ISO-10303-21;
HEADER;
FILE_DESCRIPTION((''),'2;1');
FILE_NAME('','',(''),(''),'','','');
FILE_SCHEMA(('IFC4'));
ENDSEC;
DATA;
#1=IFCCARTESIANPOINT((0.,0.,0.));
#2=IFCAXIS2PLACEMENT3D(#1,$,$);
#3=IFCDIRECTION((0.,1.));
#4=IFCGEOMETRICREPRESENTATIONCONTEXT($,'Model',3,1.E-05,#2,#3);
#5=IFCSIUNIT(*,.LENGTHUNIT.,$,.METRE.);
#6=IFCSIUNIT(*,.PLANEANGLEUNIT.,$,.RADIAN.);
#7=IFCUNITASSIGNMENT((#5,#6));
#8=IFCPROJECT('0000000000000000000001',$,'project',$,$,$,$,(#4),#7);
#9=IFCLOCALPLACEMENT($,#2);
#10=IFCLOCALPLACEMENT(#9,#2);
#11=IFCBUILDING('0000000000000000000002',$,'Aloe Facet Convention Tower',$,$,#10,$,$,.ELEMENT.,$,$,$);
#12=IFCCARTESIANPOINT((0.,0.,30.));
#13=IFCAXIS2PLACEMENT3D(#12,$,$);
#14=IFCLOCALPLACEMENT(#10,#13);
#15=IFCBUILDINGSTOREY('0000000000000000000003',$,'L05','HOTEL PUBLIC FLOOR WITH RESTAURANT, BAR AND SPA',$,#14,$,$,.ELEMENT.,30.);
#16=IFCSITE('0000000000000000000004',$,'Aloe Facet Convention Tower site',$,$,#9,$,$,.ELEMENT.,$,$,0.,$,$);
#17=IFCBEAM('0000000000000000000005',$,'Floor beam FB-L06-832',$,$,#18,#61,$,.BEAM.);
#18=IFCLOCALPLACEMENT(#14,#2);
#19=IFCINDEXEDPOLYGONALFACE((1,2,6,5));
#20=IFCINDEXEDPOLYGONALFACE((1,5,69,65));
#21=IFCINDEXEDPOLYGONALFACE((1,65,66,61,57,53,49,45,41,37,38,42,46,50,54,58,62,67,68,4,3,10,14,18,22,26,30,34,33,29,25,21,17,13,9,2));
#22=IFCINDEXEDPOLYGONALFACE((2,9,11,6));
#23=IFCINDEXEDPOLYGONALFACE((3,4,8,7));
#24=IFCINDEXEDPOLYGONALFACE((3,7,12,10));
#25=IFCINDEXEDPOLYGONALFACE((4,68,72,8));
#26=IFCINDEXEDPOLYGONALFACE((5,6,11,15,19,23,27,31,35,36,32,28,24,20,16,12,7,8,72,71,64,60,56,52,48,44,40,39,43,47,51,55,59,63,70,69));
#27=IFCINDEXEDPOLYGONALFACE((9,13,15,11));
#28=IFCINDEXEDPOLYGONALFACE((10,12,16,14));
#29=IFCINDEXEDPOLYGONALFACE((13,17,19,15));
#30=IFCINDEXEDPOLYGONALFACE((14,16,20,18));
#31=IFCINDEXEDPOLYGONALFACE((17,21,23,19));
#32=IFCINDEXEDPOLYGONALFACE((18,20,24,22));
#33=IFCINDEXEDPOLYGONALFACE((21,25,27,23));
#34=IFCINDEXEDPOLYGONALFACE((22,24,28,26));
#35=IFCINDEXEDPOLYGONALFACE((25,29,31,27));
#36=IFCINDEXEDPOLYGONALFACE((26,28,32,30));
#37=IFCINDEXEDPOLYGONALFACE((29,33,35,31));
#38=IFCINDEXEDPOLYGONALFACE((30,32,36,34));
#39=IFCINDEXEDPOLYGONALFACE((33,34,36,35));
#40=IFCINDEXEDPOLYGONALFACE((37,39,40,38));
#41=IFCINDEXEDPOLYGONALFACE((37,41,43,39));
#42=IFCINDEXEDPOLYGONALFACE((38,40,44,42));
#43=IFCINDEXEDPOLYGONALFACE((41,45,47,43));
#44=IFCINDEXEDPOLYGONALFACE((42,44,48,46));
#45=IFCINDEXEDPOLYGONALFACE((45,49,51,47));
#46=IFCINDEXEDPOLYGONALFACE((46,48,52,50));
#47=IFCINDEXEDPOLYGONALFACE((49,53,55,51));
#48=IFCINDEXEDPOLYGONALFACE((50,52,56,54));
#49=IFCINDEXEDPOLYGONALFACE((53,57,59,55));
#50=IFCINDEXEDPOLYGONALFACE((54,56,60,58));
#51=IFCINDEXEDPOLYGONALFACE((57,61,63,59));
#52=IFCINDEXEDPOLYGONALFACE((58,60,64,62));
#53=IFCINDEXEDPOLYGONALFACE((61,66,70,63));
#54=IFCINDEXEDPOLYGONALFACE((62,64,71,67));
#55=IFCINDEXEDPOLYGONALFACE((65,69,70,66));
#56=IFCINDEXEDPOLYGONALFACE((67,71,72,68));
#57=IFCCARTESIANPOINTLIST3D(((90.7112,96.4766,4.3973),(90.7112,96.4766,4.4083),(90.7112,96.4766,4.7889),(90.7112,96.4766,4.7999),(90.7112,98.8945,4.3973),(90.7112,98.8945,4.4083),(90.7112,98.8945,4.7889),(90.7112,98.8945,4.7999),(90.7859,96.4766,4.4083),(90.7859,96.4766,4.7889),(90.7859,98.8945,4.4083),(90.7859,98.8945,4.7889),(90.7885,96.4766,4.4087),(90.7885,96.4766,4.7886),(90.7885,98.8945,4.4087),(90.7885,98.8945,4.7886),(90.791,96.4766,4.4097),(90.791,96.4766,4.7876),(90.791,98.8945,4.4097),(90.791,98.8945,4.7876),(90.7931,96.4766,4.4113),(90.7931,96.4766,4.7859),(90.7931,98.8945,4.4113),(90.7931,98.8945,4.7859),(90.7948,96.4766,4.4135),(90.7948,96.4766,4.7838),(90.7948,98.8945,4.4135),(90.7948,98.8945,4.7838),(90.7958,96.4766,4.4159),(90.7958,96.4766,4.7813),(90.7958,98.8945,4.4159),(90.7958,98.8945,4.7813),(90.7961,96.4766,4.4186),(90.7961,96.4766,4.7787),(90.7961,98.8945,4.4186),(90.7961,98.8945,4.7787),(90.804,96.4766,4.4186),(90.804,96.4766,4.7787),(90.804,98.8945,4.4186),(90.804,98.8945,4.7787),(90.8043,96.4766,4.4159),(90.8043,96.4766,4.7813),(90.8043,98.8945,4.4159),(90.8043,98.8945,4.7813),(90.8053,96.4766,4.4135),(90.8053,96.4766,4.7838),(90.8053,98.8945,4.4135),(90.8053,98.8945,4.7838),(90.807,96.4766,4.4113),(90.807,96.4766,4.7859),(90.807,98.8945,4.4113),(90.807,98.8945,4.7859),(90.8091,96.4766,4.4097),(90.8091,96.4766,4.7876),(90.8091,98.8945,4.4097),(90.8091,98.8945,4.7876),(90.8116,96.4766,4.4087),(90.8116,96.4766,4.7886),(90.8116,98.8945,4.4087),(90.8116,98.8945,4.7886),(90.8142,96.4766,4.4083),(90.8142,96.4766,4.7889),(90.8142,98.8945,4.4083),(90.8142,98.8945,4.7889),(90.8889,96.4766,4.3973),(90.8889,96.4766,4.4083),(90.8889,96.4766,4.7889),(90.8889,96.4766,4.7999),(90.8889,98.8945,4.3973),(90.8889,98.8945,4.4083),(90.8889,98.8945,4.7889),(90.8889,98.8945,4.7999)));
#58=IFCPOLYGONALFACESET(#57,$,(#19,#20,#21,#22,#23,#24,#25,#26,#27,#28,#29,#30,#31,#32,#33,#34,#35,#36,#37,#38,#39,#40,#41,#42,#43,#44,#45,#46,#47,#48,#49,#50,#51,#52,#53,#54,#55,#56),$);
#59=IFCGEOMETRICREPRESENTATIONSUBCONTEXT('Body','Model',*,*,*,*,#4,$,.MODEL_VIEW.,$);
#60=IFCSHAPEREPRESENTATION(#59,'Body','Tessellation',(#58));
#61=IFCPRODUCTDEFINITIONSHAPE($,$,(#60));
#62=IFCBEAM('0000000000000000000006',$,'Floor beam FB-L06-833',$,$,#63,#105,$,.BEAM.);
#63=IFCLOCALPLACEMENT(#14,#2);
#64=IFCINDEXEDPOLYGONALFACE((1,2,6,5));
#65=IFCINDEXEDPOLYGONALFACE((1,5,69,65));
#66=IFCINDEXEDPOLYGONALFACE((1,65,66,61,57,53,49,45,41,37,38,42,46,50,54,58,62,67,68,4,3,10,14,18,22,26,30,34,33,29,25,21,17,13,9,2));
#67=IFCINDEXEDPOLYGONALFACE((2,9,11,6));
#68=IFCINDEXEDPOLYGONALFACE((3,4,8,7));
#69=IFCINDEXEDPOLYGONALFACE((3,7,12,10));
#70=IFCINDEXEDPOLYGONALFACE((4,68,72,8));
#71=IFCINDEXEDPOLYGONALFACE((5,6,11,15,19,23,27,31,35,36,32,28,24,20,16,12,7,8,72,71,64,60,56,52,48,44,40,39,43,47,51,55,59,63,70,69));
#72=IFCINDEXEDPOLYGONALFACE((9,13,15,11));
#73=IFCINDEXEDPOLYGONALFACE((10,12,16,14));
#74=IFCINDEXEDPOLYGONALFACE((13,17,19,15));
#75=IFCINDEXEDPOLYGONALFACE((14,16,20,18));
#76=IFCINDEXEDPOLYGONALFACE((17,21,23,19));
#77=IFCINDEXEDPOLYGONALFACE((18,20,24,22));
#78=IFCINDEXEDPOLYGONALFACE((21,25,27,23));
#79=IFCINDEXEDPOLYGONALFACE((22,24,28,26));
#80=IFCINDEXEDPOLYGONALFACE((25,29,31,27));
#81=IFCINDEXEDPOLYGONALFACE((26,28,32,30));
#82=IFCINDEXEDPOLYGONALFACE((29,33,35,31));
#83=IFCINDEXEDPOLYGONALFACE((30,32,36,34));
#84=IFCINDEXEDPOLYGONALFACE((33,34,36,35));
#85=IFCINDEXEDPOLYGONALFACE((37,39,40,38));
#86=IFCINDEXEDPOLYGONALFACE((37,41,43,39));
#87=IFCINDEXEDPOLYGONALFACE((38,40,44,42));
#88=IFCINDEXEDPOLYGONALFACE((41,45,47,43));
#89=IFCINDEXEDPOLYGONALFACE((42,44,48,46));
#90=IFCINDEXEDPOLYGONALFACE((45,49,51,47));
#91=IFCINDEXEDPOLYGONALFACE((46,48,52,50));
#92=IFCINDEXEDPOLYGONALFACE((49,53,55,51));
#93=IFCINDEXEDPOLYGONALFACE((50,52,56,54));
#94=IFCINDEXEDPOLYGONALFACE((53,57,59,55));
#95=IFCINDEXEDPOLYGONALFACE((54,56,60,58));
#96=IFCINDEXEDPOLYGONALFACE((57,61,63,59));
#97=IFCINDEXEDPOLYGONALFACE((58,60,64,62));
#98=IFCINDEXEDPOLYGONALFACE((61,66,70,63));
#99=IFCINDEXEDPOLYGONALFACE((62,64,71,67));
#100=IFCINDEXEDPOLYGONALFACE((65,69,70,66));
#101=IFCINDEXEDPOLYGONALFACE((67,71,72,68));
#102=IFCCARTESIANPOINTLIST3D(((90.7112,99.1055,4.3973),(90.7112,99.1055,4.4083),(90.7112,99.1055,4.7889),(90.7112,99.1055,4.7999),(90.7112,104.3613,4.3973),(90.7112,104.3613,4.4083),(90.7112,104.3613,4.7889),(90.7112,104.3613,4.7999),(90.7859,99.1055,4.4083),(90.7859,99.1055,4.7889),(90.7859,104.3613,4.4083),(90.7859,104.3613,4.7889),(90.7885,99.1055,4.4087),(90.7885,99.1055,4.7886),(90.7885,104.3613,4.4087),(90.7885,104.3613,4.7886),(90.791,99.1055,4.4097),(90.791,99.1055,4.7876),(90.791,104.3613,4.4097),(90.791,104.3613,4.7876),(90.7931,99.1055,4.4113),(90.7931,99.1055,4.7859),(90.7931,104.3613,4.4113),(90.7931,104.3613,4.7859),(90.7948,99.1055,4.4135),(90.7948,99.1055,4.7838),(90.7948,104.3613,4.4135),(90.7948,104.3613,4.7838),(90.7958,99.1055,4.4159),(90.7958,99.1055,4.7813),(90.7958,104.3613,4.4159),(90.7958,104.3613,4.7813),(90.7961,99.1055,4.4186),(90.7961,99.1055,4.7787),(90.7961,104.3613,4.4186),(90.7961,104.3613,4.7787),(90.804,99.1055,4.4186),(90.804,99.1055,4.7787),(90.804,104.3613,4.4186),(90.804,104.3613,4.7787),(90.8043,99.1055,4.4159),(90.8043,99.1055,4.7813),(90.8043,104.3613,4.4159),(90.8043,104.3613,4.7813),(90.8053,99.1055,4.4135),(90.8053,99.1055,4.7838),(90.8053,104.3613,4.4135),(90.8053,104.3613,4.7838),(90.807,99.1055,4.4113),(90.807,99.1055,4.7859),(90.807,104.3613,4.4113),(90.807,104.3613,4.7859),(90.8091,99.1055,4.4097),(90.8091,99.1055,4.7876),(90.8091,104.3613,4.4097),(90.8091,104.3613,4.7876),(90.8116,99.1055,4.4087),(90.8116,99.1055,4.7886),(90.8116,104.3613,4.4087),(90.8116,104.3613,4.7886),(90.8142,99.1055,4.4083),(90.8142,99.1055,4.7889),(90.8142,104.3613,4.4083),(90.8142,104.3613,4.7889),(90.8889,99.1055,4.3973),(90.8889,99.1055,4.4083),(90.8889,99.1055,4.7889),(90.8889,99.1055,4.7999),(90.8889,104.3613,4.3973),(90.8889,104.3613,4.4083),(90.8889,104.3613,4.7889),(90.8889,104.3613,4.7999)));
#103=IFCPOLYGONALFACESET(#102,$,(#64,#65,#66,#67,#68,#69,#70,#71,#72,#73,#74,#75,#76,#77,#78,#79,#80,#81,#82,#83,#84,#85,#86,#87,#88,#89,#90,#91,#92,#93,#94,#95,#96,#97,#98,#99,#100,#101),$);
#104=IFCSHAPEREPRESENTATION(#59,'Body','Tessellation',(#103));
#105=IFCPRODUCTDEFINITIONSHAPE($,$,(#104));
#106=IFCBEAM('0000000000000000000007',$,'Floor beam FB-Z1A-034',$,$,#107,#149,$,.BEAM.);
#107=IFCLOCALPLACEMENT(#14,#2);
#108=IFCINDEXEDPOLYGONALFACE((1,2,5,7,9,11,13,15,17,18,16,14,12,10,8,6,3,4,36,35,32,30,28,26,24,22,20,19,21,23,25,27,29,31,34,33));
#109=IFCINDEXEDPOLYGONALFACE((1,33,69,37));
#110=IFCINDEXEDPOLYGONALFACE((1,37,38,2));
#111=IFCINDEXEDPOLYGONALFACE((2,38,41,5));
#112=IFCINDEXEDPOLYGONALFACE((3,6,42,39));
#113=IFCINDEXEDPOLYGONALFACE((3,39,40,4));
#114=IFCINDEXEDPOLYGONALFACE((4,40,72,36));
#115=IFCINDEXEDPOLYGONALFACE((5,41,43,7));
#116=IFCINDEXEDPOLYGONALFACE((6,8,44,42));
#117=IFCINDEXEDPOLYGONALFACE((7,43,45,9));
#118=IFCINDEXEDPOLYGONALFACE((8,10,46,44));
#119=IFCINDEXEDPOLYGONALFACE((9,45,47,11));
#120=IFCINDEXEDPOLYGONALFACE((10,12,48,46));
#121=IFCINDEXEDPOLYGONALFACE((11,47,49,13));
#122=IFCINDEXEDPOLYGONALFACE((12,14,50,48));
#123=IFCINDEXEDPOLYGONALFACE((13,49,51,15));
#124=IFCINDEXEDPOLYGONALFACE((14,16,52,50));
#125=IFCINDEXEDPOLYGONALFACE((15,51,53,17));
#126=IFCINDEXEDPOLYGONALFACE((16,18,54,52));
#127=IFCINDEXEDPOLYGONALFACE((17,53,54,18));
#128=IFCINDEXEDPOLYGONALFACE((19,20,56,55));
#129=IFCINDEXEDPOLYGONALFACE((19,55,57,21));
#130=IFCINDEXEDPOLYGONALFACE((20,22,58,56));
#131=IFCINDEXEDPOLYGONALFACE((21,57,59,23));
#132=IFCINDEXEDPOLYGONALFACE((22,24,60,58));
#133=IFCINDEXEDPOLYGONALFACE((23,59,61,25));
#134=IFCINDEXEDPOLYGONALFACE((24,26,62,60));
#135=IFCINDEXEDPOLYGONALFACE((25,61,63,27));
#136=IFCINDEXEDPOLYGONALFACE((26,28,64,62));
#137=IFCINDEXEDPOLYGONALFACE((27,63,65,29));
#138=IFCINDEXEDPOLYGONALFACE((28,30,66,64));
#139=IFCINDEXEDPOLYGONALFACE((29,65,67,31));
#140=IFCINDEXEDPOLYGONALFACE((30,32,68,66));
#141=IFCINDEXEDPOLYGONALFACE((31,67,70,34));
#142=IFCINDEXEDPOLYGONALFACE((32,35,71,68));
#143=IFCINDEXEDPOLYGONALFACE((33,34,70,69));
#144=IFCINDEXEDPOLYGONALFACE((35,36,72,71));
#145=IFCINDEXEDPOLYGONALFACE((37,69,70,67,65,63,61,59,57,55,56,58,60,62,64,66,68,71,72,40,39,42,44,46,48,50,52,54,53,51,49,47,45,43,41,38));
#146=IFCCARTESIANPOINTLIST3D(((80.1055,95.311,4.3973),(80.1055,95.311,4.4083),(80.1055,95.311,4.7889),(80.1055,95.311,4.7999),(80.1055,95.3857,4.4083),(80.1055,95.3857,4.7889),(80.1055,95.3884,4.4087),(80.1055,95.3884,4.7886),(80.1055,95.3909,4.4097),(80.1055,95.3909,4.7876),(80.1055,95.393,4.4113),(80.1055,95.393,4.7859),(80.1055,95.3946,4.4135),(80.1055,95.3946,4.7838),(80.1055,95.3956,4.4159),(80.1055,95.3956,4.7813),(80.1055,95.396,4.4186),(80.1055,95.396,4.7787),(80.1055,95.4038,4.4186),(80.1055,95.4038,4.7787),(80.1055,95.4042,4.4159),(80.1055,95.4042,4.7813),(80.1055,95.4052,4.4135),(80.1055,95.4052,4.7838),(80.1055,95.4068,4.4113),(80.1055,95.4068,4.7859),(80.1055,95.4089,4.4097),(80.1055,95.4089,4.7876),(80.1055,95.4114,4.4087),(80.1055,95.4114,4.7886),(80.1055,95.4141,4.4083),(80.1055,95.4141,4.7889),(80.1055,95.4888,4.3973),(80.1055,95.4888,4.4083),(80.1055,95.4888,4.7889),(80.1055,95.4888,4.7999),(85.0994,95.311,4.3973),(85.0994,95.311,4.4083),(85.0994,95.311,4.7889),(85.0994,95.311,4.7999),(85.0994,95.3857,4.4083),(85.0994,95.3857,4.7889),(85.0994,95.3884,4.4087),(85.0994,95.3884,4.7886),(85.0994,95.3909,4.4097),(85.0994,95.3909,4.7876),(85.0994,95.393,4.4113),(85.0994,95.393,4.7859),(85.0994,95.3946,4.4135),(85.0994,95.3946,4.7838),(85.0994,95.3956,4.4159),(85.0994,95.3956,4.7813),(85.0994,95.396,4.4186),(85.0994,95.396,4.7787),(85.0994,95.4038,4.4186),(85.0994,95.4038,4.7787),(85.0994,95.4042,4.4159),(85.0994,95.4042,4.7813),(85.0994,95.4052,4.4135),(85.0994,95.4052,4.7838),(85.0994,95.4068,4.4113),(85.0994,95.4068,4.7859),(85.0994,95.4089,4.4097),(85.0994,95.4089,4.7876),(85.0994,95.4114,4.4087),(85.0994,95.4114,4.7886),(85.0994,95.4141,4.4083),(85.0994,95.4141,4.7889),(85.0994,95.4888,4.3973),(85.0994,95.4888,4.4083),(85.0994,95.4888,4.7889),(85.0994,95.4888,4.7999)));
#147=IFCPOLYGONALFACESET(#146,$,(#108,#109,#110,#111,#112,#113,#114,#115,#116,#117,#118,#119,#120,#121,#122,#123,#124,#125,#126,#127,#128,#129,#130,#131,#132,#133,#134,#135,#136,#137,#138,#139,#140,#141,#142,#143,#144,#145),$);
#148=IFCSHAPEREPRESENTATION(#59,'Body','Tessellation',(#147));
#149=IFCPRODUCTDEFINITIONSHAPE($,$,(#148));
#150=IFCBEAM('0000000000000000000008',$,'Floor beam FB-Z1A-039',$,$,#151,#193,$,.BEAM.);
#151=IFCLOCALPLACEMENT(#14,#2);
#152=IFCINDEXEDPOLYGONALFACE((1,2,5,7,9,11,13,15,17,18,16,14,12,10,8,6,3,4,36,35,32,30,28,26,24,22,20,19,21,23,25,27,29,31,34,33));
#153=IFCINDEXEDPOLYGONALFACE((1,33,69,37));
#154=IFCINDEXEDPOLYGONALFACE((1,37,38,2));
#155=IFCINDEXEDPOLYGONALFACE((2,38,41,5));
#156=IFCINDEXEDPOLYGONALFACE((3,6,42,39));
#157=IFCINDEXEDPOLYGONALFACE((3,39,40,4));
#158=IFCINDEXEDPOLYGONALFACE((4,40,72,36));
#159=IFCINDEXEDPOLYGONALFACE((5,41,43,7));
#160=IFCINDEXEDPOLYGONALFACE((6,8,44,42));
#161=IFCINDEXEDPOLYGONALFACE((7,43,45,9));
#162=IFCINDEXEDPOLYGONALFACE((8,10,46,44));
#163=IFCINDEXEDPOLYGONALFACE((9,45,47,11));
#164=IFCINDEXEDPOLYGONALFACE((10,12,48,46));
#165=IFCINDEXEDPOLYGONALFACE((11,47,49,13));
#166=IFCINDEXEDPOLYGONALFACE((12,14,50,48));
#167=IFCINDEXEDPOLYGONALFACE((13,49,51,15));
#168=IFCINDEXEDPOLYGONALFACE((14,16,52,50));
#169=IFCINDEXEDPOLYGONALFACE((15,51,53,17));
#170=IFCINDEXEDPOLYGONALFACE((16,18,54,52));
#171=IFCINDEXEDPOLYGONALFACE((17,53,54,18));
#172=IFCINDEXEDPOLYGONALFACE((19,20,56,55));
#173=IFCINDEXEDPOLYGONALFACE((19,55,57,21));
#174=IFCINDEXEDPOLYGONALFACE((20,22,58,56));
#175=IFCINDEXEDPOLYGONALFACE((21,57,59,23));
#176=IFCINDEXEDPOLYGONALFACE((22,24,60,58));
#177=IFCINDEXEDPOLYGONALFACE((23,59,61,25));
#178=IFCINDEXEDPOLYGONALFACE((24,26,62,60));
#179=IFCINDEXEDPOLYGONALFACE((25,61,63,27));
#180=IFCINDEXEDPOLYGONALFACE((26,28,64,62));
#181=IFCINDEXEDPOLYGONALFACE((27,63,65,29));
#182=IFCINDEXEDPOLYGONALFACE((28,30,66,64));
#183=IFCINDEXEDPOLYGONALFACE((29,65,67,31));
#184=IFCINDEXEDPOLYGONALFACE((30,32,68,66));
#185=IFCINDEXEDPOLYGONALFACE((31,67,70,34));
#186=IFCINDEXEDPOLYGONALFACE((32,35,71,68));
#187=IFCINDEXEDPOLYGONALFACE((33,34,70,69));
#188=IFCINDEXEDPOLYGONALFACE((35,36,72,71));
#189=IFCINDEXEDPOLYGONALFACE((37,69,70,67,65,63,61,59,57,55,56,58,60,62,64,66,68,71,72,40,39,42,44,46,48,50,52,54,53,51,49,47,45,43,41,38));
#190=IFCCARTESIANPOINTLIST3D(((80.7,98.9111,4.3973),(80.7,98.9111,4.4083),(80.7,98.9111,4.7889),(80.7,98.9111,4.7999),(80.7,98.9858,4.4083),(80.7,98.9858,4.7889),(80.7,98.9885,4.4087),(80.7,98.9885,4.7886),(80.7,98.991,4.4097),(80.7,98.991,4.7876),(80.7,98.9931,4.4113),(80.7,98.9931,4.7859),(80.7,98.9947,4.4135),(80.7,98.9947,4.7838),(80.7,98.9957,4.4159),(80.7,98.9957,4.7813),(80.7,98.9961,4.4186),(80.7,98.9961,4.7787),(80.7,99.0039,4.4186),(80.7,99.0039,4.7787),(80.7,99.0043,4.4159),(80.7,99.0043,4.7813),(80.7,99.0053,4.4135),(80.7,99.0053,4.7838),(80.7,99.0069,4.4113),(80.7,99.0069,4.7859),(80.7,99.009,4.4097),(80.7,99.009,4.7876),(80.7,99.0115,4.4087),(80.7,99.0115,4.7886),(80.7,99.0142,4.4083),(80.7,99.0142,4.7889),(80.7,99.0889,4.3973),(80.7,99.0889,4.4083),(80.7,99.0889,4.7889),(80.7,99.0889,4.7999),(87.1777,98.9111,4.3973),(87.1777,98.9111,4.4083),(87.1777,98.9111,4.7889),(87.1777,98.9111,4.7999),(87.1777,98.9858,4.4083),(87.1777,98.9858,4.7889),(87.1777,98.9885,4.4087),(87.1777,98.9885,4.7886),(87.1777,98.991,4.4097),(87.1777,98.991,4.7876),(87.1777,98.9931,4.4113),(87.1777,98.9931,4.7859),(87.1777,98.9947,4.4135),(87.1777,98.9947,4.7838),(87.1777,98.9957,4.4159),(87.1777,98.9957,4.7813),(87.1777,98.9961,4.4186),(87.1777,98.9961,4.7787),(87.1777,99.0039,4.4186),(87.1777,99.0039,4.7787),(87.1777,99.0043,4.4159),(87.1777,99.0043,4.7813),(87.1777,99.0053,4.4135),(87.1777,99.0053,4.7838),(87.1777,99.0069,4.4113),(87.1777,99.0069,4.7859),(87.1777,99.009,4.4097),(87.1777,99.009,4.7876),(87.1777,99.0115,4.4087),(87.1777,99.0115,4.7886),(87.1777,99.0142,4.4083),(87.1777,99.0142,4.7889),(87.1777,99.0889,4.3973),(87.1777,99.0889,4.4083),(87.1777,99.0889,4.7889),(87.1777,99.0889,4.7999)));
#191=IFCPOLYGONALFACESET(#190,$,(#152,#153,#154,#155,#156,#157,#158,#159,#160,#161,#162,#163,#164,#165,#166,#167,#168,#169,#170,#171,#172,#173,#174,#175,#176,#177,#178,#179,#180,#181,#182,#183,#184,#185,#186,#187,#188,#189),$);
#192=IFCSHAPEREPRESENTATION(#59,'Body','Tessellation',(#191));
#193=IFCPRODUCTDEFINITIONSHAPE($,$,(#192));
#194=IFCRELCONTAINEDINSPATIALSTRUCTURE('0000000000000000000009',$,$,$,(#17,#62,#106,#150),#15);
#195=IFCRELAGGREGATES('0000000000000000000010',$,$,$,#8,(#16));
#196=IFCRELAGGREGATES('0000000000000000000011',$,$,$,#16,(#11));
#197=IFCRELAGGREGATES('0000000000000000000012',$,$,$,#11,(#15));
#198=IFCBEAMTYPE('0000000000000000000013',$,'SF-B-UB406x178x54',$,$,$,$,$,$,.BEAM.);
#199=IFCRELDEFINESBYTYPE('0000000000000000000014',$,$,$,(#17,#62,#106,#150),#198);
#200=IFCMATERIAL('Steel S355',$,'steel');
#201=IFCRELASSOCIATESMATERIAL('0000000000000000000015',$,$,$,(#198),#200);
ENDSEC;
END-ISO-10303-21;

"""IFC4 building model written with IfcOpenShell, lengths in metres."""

from ifc_helpers import new_model, si_unit, direction, frame, origin, origin_2d, place, context, subcontext, project, spatial, i_section, extrude, material, material_profile, profile_set, type_object, element, save


model = new_model("IFC4")

# Units and contexts
model_context = context("Model", 3, precision=1e-05, world=origin(), true_north=direction((0.0, 1.0)))
body_context = subcontext(model_context, "Body", "Model", "MODEL_VIEW")
ifc_project = project(units=[si_unit("LENGTHUNIT", "METRE"), si_unit("PLANEANGLEUNIT", "RADIAN")], contexts=[model_context])

# Site, building, storey
site_placement = place(None, origin())
site = spatial("IfcSite", under=ifc_project, at=site_placement, Name="Aloe Facet Convention Tower site", CompositionType="ELEMENT", RefElevation=0.0)
building_placement = place(site_placement, origin())
building = spatial("IfcBuilding", under=site, at=building_placement, Name="Aloe Facet Convention Tower", CompositionType="ELEMENT")
storey_placement = place(building_placement, frame((0.0, 0.0, 30.0)))
storey = spatial("IfcBuildingStorey", under=building, at=storey_placement, Name="L05", Description="HOTEL PUBLIC FLOOR WITH RESTAURANT, BAR AND SPA", CompositionType="ELEMENT", Elevation=30.0)

# Beams
ifc_material_1 = material(Name="Steel S355", Category="steel")
ifc_material_profile_1 = material_profile(ifc_material_1, i_section(OverallWidth=0.1777, OverallDepth=0.4026, WebThickness=0.0078, FlangeThickness=0.011, FilletRadius=0.0103, at=origin_2d()), Name="UB 406x178x54")
ifc_profile_set_1 = profile_set([ifc_material_profile_1], Name="Steel S355")
beam_type_1 = type_object("IfcBeamType", Name="SF-B-UB406x178x54", PredefinedType="BEAM", material=ifc_profile_set_1)
beam_1_placement = place(storey_placement, frame((90.8, 96.4766, 4.5986), z_axis=(0.0, 1.0, 0.0), x_axis=(-1.0, 0.0, 0.0)))
element("IfcBeam", 1, at=beam_1_placement, inside=storey, type_object=beam_type_1, Name="Floor beam FB-L06-832", PredefinedType="BEAM", context=body_context, shape_type="SweptSolid", body=[
    extrude(i_section(OverallWidth=0.1777, OverallDepth=0.4026, WebThickness=0.0078, FlangeThickness=0.011, FilletRadius=0.0103, at=origin_2d()), origin(), (0.0, 0.0, 1.0), 2.418),
])
beam_2_placement = place(storey_placement, frame((90.8, 99.1055, 4.5986), z_axis=(0.0, 1.0, 0.0), x_axis=(-1.0, 0.0, 0.0)))
element("IfcBeam", 2, at=beam_2_placement, inside=storey, type_object=beam_type_1, Name="Floor beam FB-L06-833", PredefinedType="BEAM", context=body_context, shape_type="SweptSolid", body=[
    extrude(i_section(OverallWidth=0.1777, OverallDepth=0.4026, WebThickness=0.0078, FlangeThickness=0.011, FilletRadius=0.0103, at=origin_2d()), origin(), (0.0, 0.0, 1.0), 5.2559),
])
beam_3_placement = place(storey_placement, frame((80.1055, 95.3999, 4.5986), z_axis=(1.0, 0.0, 0.0), x_axis=(0.0, 1.0, 0.0)))
element("IfcBeam", 3, at=beam_3_placement, inside=storey, type_object=beam_type_1, Name="Floor beam FB-Z1A-034", PredefinedType="BEAM", context=body_context, shape_type="SweptSolid", body=[
    extrude(i_section(OverallWidth=0.1777, OverallDepth=0.4026, WebThickness=0.0078, FlangeThickness=0.011, FilletRadius=0.0103, at=origin_2d()), origin(), (0.0, 0.0, 1.0), 4.9939),
])
beam_4_placement = place(storey_placement, frame((80.7, 99.0, 4.5986), z_axis=(1.0, 0.0, 0.0), x_axis=(0.0, 1.0, 0.0)))
element("IfcBeam", 4, at=beam_4_placement, inside=storey, type_object=beam_type_1, Name="Floor beam FB-Z1A-039", PredefinedType="BEAM", context=body_context, shape_type="SweptSolid", body=[
    extrude(i_section(OverallWidth=0.1777, OverallDepth=0.4026, WebThickness=0.0078, FlangeThickness=0.011, FilletRadius=0.0103, at=origin_2d()), origin(), (0.0, 0.0, 1.0), 6.4778),
])

save(model, "model.ifc")
